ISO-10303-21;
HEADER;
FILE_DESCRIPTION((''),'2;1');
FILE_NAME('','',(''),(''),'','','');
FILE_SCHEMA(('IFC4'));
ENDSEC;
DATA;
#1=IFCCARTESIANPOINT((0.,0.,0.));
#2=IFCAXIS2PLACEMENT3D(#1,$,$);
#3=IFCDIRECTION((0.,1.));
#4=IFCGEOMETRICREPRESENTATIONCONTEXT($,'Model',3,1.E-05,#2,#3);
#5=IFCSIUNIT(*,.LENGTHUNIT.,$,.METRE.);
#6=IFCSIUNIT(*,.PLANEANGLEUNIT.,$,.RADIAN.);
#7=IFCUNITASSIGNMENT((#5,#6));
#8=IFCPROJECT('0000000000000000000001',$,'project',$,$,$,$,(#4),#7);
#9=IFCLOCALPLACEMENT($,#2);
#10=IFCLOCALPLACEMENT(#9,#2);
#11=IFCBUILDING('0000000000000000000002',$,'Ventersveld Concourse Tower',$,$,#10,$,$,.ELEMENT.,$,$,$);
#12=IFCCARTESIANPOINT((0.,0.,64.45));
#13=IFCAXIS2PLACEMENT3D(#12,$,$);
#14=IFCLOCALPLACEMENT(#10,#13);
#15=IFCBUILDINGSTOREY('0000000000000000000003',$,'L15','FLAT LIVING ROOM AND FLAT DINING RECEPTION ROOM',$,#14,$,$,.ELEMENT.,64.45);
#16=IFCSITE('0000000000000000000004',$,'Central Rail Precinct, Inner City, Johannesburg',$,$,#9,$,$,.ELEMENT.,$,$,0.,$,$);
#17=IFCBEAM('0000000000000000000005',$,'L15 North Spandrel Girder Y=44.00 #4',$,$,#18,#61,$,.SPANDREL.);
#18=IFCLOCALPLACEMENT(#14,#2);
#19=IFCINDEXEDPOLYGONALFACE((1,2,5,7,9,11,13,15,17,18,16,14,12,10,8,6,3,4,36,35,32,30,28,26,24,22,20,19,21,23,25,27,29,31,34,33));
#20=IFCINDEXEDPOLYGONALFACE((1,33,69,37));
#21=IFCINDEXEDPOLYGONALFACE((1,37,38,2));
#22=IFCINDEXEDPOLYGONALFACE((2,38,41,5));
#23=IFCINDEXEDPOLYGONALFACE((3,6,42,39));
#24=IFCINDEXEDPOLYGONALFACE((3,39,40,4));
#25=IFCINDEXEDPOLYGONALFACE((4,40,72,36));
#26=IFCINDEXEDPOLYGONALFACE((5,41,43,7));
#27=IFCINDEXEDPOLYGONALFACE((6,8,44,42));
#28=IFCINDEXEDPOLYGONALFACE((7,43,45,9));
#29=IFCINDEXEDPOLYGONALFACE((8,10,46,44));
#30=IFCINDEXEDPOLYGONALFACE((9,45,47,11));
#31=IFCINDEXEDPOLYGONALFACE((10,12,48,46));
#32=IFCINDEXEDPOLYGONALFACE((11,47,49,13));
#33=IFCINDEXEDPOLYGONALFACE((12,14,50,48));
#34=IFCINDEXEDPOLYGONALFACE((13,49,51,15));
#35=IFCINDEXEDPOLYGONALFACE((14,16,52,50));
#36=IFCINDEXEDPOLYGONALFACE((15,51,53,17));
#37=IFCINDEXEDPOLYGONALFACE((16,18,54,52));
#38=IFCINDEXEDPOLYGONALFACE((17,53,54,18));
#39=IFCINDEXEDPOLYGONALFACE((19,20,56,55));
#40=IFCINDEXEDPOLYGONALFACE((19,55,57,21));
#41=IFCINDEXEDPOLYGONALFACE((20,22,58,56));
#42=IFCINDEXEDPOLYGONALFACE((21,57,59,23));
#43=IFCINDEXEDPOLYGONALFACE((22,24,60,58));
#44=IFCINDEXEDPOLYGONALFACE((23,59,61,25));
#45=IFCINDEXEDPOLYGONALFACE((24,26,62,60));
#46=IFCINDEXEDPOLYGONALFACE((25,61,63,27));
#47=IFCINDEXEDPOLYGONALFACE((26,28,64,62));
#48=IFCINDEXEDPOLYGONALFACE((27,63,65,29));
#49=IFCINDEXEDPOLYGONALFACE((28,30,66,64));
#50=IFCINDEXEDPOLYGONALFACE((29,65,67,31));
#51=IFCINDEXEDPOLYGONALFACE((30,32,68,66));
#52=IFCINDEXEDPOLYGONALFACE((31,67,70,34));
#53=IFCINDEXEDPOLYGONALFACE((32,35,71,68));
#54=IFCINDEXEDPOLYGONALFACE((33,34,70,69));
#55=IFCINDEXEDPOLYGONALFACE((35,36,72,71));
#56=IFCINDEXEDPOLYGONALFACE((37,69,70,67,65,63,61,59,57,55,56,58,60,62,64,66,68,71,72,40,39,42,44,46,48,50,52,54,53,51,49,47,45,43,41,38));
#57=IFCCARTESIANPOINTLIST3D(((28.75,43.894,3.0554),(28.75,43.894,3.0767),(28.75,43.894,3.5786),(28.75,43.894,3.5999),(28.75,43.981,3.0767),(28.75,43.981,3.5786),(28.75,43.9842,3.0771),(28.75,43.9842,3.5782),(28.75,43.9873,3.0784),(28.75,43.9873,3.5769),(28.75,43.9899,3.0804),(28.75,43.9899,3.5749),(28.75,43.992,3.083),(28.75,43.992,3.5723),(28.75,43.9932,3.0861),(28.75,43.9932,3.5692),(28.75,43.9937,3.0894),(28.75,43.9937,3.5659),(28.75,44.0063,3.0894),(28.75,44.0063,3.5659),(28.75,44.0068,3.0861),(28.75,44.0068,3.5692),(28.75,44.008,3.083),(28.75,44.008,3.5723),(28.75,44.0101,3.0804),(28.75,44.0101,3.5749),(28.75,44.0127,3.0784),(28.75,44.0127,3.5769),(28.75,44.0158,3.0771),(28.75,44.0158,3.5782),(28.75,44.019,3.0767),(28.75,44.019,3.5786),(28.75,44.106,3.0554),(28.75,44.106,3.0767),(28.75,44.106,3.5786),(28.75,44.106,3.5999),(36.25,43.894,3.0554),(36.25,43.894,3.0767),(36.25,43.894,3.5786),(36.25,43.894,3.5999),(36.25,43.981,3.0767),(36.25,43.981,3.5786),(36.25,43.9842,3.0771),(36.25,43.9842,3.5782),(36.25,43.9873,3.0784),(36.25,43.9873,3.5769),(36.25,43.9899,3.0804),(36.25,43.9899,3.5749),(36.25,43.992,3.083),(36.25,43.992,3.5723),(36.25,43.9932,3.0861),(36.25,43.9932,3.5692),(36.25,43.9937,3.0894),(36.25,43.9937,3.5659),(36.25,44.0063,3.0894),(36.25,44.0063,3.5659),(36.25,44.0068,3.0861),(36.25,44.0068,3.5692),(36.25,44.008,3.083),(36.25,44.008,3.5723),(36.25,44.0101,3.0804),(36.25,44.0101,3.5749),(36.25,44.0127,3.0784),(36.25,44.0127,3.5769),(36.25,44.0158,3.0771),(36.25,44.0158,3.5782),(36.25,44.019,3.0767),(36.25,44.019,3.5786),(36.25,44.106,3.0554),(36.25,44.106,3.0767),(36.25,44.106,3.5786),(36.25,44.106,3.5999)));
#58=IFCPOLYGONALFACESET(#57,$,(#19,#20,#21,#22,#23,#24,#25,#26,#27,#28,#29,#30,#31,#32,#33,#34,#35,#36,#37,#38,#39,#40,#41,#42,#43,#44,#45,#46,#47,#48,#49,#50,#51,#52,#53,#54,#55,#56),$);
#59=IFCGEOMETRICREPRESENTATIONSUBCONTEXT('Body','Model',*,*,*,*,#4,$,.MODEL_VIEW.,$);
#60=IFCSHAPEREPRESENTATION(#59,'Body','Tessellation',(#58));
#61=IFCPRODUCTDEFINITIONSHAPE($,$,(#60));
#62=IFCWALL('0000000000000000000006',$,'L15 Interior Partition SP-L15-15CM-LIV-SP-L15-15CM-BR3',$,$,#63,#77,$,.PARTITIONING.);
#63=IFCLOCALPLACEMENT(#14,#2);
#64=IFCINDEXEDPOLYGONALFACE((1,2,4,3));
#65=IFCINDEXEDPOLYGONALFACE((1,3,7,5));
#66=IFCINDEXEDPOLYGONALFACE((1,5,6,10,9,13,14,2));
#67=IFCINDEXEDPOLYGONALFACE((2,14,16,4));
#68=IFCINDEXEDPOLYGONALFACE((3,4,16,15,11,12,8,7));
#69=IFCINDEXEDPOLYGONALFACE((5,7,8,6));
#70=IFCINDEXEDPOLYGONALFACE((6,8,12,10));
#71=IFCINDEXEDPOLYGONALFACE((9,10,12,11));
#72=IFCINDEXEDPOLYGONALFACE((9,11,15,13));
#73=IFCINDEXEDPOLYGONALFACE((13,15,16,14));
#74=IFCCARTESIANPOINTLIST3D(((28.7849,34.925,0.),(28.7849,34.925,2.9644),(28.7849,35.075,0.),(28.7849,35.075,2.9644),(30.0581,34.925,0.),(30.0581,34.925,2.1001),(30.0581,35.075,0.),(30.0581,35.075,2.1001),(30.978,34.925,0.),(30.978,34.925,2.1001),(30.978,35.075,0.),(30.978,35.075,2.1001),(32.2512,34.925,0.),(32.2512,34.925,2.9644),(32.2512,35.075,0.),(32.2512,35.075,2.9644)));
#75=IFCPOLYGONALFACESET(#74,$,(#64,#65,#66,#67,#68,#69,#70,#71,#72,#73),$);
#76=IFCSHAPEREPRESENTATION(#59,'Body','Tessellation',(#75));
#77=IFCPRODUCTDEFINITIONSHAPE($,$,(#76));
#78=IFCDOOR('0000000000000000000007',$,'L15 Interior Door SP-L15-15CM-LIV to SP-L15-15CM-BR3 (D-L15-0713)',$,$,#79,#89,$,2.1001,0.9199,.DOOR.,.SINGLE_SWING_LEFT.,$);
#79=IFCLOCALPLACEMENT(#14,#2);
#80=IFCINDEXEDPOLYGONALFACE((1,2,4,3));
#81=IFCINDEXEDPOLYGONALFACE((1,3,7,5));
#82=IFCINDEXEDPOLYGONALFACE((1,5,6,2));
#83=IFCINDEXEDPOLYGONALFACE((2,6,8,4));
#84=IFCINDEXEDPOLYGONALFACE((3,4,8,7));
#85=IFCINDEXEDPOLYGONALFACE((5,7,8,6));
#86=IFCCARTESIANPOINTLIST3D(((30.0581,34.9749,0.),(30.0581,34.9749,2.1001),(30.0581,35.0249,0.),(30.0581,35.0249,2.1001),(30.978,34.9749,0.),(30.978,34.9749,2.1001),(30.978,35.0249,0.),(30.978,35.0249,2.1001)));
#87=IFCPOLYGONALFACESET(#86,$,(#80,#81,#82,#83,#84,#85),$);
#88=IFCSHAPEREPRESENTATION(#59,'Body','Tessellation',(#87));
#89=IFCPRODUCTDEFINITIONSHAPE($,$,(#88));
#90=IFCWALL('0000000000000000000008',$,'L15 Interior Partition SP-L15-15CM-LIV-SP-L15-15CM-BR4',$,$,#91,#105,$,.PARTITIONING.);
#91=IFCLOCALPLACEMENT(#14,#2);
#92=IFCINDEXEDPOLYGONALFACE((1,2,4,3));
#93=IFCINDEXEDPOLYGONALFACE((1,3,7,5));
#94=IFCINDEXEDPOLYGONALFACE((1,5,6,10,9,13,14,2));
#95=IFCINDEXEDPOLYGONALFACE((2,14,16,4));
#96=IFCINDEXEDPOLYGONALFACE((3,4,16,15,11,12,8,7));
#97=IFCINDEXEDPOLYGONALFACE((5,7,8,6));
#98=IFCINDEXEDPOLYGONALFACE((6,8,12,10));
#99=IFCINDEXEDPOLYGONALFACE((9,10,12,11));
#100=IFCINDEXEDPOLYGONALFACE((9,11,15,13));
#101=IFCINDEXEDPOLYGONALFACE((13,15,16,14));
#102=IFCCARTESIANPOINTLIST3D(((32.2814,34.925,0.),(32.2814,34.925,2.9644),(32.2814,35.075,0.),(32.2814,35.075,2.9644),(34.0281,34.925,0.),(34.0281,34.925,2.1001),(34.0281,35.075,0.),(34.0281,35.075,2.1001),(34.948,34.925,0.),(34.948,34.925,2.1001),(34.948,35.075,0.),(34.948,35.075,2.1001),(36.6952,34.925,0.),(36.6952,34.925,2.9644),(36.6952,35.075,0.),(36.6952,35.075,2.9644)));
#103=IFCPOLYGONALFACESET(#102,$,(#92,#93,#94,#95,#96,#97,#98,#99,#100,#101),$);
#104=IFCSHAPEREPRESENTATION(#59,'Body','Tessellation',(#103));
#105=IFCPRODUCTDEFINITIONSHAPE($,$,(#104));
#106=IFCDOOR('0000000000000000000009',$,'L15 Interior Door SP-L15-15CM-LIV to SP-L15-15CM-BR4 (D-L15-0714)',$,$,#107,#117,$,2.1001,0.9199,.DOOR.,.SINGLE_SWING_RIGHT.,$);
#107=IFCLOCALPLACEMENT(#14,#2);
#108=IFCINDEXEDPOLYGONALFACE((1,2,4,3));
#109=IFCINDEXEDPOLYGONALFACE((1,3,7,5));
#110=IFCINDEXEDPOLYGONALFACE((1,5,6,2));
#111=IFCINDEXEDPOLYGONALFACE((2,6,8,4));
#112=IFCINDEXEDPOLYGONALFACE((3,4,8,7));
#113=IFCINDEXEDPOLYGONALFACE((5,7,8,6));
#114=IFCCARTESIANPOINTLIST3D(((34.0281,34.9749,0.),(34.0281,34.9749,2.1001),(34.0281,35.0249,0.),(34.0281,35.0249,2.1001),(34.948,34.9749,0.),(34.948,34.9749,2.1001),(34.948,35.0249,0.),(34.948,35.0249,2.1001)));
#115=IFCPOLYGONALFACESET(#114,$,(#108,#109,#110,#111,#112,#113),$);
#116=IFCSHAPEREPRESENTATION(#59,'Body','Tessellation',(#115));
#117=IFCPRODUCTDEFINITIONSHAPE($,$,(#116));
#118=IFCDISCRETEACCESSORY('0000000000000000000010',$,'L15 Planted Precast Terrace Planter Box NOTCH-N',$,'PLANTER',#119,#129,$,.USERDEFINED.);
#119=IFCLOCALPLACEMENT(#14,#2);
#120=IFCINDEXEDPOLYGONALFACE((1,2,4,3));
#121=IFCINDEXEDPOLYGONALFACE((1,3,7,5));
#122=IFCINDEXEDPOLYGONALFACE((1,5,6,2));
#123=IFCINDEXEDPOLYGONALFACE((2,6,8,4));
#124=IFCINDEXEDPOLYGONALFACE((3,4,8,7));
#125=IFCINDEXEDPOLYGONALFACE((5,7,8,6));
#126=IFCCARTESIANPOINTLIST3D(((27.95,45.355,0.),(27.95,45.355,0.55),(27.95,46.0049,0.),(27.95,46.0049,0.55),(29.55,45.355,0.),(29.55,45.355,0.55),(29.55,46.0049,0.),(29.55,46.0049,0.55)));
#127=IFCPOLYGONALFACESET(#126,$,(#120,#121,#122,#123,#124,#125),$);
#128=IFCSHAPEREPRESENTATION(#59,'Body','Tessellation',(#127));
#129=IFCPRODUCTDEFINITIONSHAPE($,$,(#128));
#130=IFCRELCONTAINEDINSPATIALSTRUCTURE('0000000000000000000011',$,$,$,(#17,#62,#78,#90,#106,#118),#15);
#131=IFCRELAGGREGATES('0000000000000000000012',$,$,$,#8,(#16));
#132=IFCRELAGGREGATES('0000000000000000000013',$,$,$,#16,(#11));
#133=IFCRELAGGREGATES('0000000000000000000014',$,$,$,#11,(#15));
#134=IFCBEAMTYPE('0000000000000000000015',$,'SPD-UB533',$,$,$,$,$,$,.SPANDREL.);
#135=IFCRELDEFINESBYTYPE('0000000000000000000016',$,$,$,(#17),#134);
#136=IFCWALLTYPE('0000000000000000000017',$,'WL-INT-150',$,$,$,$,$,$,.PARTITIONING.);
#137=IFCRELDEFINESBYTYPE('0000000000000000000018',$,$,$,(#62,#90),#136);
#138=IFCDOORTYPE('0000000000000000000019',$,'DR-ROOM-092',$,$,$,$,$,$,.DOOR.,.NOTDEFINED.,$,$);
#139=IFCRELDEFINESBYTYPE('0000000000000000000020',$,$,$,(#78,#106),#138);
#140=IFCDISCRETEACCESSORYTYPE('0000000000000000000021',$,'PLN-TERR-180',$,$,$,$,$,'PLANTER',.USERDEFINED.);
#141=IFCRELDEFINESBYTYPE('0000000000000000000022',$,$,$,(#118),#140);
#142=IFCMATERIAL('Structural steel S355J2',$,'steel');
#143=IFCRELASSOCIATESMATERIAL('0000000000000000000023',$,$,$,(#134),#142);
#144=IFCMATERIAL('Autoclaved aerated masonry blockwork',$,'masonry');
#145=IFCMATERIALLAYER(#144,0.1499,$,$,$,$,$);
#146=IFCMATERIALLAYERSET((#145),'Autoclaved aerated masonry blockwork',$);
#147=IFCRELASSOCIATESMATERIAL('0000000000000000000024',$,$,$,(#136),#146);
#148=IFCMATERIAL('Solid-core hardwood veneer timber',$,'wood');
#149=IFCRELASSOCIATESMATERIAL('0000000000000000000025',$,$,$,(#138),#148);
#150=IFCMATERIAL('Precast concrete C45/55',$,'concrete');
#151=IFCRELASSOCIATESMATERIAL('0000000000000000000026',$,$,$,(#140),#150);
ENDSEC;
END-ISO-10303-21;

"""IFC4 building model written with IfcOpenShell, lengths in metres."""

from ifc_helpers import new_model, si_unit, direction, frame, frame_2d, origin, origin_2d, place, context, subcontext, project, spatial, rectangle, i_section, extrude, material, layer, layer_set, material_profile, profile_set, type_object, element, fill, save


model = new_model("IFC4")

# Units and contexts
model_context = context("Model", 3, precision=1e-05, world=origin(), true_north=direction((0.0, 1.0)))
body_context = subcontext(model_context, "Body", "Model", "MODEL_VIEW")
ifc_project = project(units=[si_unit("LENGTHUNIT", "METRE"), si_unit("PLANEANGLEUNIT", "RADIAN")], contexts=[model_context])

# Site, building, storey
site_placement = place(None, origin())
site = spatial("IfcSite", under=ifc_project, at=site_placement, Name="Central Rail Precinct, Inner City, Johannesburg", CompositionType="ELEMENT", RefElevation=0.0)
building_placement = place(site_placement, origin())
building = spatial("IfcBuilding", under=site, at=building_placement, Name="Ventersveld Concourse Tower", CompositionType="ELEMENT")
storey_placement = place(building_placement, frame((0.0, 0.0, 64.45)))
storey = spatial("IfcBuildingStorey", under=building, at=storey_placement, Name="L15", Description="FLAT LIVING ROOM AND FLAT DINING RECEPTION ROOM", CompositionType="ELEMENT", Elevation=64.45)

# Beam
ifc_material_1 = material(Name="Structural steel S355J2", Category="steel")
ifc_material_profile_1 = material_profile(ifc_material_1, i_section(OverallWidth=0.2119, OverallDepth=0.5444, WebThickness=0.0127, FlangeThickness=0.0212, FilletRadius=0.0127, at=origin_2d()), Name="UB 533x210x122")
ifc_profile_set_1 = profile_set([ifc_material_profile_1], Name="Structural steel S355J2")
beam_type_1 = type_object("IfcBeamType", Name="SPD-UB533", PredefinedType="SPANDREL", material=ifc_profile_set_1)
for number, where, z_axis, x_axis, name in (
    (1, (28.75, 44.0, 3.3276), (1.0, 0.0, 0.0), (0.0, 1.0, 0.0), "L15 North Spandrel Girder Y=44.00 #4"),
):
    element("IfcBeam", number, at=place(storey_placement, frame(where, z_axis=z_axis, x_axis=x_axis)), inside=storey, type_object=beam_type_1, Name=name, PredefinedType="SPANDREL", context=body_context, shape_type="SweptSolid", body=[
        extrude(i_section(OverallWidth=0.2119, OverallDepth=0.5444, WebThickness=0.0127, FlangeThickness=0.0212, FilletRadius=0.0127, at=origin_2d()), origin(), (0.0, 0.0, 1.0), 7.5),
    ])

# Walls, openings, doors
ifc_material_2 = material(Name="Autoclaved aerated masonry blockwork", Category="masonry")
ifc_layer = layer(ifc_material_2, 0.1499)
ifc_layer_set = layer_set([ifc_layer], Name="Autoclaved aerated masonry blockwork")
wall_type = type_object("IfcWallType", Name="WL-INT-150", PredefinedType="PARTITIONING", material=ifc_layer_set)
wall_1_placement = place(storey_placement, frame((28.7849, 35.0, 0.0), z_axis=(0.0, 0.0, 1.0), x_axis=(1.0, 0.0, 0.0)))
wall_1 = element("IfcWall", 2, at=wall_1_placement, inside=storey, type_object=wall_type, Name="L15 Interior Partition SP-L15-15CM-LIV-SP-L15-15CM-BR3", PredefinedType="PARTITIONING", context=body_context, shape_type="SweptSolid", body=[
    extrude(rectangle(XDim=3.4663, YDim=0.1499, at=frame_2d((1.7332, 0.0))), origin(), (0.0, 0.0, 1.0), 2.9644),
])
opening_1_placement = place(wall_1_placement, frame((1.2732, 0.0, 0.0)))
opening_1 = element("IfcOpeningElement", 3, at=opening_1_placement, cuts=wall_1, PredefinedType="OPENING", context=body_context, shape_type="SweptSolid", body=[
    extrude(rectangle(XDim=0.9199, YDim=2.1001, at=frame_2d((0.46, 1.05))), frame((0.0, 0.085, 0.0), z_axis=(0.0, -1.0, 0.0), x_axis=(1.0, 0.0, 0.0)), (0.0, 0.0, 1.0), 0.1699),
])
ifc_material_3 = material(Name="Solid-core hardwood veneer timber", Category="wood")
door_type = type_object("IfcDoorType", Name="DR-ROOM-092", OperationType="NOTDEFINED", PredefinedType="DOOR", material=ifc_material_3)
door_1_placement = place(opening_1_placement, origin())
door_1 = element("IfcDoor", 4, at=door_1_placement, inside=storey, type_object=door_type, Name="L15 Interior Door SP-L15-15CM-LIV to SP-L15-15CM-BR3 (D-L15-0713)", OperationType="SINGLE_SWING_LEFT", OverallHeight=2.1001, OverallWidth=0.9199, PredefinedType="DOOR", context=body_context, shape_type="SweptSolid", body=[
    extrude(rectangle(XDim=0.9199, YDim=2.1001, at=frame_2d((0.46, 1.05))), frame((0.0, 0.0249, 0.0), z_axis=(0.0, -1.0, 0.0), x_axis=(1.0, 0.0, 0.0)), (0.0, 0.0, 1.0), 0.05),
])
fill(opening_1, door_1)
wall_2_placement = place(storey_placement, frame((32.2812, 35.0, 0.0), z_axis=(0.0, 0.0, 1.0), x_axis=(1.0, 0.0, 0.0)))
wall_2 = element("IfcWall", 5, at=wall_2_placement, inside=storey, type_object=wall_type, Name="L15 Interior Partition SP-L15-15CM-LIV-SP-L15-15CM-BR4", PredefinedType="PARTITIONING", context=body_context, shape_type="SweptSolid", body=[
    extrude(rectangle(XDim=4.4138, YDim=0.1499, at=frame_2d((2.207, 0.0))), origin(), (0.0, 0.0, 1.0), 2.9644),
])
opening_2_placement = place(wall_2_placement, frame((1.7468, 0.0, 0.0)))
opening_2 = element("IfcOpeningElement", 6, at=opening_2_placement, cuts=wall_2, PredefinedType="OPENING", context=body_context, shape_type="SweptSolid", body=[
    extrude(rectangle(XDim=0.9199, YDim=2.1001, at=frame_2d((0.46, 1.05))), frame((0.0, 0.085, 0.0), z_axis=(0.0, -1.0, 0.0), x_axis=(1.0, 0.0, 0.0)), (0.0, 0.0, 1.0), 0.1699),
])
door_2_placement = place(opening_2_placement, origin())
door_2 = element("IfcDoor", 7, at=door_2_placement, inside=storey, type_object=door_type, Name="L15 Interior Door SP-L15-15CM-LIV to SP-L15-15CM-BR4 (D-L15-0714)", OperationType="SINGLE_SWING_RIGHT", OverallHeight=2.1001, OverallWidth=0.9199, PredefinedType="DOOR", context=body_context, shape_type="SweptSolid", body=[
    extrude(rectangle(XDim=0.9199, YDim=2.1001, at=frame_2d((0.46, 1.05))), frame((0.0, 0.0249, 0.0), z_axis=(0.0, -1.0, 0.0), x_axis=(1.0, 0.0, 0.0)), (0.0, 0.0, 1.0), 0.05),
])
fill(opening_2, door_2)

# Discrete accessory
ifc_material_4 = material(Name="Precast concrete C45/55", Category="concrete")
discrete_accessory_type = type_object("IfcDiscreteAccessoryType", Name="PLN-TERR-180", ElementType="PLANTER", PredefinedType="USERDEFINED", material=ifc_material_4)
discrete_accessory_placement = place(storey_placement, frame((28.75, 45.6799, 0.0), z_axis=(0.0, 0.0, 1.0), x_axis=(1.0, 0.0, 0.0)))
element("IfcDiscreteAccessory", 8, at=discrete_accessory_placement, inside=storey, type_object=discrete_accessory_type, Name="L15 Planted Precast Terrace Planter Box NOTCH-N", ObjectType="PLANTER", PredefinedType="USERDEFINED", context=body_context, shape_type="SweptSolid", body=[
    extrude(rectangle(XDim=1.6001, YDim=0.6499, at=origin_2d()), origin(), (0.0, 0.0, 1.0), 0.55),
])

save(model, "model.ifc")
